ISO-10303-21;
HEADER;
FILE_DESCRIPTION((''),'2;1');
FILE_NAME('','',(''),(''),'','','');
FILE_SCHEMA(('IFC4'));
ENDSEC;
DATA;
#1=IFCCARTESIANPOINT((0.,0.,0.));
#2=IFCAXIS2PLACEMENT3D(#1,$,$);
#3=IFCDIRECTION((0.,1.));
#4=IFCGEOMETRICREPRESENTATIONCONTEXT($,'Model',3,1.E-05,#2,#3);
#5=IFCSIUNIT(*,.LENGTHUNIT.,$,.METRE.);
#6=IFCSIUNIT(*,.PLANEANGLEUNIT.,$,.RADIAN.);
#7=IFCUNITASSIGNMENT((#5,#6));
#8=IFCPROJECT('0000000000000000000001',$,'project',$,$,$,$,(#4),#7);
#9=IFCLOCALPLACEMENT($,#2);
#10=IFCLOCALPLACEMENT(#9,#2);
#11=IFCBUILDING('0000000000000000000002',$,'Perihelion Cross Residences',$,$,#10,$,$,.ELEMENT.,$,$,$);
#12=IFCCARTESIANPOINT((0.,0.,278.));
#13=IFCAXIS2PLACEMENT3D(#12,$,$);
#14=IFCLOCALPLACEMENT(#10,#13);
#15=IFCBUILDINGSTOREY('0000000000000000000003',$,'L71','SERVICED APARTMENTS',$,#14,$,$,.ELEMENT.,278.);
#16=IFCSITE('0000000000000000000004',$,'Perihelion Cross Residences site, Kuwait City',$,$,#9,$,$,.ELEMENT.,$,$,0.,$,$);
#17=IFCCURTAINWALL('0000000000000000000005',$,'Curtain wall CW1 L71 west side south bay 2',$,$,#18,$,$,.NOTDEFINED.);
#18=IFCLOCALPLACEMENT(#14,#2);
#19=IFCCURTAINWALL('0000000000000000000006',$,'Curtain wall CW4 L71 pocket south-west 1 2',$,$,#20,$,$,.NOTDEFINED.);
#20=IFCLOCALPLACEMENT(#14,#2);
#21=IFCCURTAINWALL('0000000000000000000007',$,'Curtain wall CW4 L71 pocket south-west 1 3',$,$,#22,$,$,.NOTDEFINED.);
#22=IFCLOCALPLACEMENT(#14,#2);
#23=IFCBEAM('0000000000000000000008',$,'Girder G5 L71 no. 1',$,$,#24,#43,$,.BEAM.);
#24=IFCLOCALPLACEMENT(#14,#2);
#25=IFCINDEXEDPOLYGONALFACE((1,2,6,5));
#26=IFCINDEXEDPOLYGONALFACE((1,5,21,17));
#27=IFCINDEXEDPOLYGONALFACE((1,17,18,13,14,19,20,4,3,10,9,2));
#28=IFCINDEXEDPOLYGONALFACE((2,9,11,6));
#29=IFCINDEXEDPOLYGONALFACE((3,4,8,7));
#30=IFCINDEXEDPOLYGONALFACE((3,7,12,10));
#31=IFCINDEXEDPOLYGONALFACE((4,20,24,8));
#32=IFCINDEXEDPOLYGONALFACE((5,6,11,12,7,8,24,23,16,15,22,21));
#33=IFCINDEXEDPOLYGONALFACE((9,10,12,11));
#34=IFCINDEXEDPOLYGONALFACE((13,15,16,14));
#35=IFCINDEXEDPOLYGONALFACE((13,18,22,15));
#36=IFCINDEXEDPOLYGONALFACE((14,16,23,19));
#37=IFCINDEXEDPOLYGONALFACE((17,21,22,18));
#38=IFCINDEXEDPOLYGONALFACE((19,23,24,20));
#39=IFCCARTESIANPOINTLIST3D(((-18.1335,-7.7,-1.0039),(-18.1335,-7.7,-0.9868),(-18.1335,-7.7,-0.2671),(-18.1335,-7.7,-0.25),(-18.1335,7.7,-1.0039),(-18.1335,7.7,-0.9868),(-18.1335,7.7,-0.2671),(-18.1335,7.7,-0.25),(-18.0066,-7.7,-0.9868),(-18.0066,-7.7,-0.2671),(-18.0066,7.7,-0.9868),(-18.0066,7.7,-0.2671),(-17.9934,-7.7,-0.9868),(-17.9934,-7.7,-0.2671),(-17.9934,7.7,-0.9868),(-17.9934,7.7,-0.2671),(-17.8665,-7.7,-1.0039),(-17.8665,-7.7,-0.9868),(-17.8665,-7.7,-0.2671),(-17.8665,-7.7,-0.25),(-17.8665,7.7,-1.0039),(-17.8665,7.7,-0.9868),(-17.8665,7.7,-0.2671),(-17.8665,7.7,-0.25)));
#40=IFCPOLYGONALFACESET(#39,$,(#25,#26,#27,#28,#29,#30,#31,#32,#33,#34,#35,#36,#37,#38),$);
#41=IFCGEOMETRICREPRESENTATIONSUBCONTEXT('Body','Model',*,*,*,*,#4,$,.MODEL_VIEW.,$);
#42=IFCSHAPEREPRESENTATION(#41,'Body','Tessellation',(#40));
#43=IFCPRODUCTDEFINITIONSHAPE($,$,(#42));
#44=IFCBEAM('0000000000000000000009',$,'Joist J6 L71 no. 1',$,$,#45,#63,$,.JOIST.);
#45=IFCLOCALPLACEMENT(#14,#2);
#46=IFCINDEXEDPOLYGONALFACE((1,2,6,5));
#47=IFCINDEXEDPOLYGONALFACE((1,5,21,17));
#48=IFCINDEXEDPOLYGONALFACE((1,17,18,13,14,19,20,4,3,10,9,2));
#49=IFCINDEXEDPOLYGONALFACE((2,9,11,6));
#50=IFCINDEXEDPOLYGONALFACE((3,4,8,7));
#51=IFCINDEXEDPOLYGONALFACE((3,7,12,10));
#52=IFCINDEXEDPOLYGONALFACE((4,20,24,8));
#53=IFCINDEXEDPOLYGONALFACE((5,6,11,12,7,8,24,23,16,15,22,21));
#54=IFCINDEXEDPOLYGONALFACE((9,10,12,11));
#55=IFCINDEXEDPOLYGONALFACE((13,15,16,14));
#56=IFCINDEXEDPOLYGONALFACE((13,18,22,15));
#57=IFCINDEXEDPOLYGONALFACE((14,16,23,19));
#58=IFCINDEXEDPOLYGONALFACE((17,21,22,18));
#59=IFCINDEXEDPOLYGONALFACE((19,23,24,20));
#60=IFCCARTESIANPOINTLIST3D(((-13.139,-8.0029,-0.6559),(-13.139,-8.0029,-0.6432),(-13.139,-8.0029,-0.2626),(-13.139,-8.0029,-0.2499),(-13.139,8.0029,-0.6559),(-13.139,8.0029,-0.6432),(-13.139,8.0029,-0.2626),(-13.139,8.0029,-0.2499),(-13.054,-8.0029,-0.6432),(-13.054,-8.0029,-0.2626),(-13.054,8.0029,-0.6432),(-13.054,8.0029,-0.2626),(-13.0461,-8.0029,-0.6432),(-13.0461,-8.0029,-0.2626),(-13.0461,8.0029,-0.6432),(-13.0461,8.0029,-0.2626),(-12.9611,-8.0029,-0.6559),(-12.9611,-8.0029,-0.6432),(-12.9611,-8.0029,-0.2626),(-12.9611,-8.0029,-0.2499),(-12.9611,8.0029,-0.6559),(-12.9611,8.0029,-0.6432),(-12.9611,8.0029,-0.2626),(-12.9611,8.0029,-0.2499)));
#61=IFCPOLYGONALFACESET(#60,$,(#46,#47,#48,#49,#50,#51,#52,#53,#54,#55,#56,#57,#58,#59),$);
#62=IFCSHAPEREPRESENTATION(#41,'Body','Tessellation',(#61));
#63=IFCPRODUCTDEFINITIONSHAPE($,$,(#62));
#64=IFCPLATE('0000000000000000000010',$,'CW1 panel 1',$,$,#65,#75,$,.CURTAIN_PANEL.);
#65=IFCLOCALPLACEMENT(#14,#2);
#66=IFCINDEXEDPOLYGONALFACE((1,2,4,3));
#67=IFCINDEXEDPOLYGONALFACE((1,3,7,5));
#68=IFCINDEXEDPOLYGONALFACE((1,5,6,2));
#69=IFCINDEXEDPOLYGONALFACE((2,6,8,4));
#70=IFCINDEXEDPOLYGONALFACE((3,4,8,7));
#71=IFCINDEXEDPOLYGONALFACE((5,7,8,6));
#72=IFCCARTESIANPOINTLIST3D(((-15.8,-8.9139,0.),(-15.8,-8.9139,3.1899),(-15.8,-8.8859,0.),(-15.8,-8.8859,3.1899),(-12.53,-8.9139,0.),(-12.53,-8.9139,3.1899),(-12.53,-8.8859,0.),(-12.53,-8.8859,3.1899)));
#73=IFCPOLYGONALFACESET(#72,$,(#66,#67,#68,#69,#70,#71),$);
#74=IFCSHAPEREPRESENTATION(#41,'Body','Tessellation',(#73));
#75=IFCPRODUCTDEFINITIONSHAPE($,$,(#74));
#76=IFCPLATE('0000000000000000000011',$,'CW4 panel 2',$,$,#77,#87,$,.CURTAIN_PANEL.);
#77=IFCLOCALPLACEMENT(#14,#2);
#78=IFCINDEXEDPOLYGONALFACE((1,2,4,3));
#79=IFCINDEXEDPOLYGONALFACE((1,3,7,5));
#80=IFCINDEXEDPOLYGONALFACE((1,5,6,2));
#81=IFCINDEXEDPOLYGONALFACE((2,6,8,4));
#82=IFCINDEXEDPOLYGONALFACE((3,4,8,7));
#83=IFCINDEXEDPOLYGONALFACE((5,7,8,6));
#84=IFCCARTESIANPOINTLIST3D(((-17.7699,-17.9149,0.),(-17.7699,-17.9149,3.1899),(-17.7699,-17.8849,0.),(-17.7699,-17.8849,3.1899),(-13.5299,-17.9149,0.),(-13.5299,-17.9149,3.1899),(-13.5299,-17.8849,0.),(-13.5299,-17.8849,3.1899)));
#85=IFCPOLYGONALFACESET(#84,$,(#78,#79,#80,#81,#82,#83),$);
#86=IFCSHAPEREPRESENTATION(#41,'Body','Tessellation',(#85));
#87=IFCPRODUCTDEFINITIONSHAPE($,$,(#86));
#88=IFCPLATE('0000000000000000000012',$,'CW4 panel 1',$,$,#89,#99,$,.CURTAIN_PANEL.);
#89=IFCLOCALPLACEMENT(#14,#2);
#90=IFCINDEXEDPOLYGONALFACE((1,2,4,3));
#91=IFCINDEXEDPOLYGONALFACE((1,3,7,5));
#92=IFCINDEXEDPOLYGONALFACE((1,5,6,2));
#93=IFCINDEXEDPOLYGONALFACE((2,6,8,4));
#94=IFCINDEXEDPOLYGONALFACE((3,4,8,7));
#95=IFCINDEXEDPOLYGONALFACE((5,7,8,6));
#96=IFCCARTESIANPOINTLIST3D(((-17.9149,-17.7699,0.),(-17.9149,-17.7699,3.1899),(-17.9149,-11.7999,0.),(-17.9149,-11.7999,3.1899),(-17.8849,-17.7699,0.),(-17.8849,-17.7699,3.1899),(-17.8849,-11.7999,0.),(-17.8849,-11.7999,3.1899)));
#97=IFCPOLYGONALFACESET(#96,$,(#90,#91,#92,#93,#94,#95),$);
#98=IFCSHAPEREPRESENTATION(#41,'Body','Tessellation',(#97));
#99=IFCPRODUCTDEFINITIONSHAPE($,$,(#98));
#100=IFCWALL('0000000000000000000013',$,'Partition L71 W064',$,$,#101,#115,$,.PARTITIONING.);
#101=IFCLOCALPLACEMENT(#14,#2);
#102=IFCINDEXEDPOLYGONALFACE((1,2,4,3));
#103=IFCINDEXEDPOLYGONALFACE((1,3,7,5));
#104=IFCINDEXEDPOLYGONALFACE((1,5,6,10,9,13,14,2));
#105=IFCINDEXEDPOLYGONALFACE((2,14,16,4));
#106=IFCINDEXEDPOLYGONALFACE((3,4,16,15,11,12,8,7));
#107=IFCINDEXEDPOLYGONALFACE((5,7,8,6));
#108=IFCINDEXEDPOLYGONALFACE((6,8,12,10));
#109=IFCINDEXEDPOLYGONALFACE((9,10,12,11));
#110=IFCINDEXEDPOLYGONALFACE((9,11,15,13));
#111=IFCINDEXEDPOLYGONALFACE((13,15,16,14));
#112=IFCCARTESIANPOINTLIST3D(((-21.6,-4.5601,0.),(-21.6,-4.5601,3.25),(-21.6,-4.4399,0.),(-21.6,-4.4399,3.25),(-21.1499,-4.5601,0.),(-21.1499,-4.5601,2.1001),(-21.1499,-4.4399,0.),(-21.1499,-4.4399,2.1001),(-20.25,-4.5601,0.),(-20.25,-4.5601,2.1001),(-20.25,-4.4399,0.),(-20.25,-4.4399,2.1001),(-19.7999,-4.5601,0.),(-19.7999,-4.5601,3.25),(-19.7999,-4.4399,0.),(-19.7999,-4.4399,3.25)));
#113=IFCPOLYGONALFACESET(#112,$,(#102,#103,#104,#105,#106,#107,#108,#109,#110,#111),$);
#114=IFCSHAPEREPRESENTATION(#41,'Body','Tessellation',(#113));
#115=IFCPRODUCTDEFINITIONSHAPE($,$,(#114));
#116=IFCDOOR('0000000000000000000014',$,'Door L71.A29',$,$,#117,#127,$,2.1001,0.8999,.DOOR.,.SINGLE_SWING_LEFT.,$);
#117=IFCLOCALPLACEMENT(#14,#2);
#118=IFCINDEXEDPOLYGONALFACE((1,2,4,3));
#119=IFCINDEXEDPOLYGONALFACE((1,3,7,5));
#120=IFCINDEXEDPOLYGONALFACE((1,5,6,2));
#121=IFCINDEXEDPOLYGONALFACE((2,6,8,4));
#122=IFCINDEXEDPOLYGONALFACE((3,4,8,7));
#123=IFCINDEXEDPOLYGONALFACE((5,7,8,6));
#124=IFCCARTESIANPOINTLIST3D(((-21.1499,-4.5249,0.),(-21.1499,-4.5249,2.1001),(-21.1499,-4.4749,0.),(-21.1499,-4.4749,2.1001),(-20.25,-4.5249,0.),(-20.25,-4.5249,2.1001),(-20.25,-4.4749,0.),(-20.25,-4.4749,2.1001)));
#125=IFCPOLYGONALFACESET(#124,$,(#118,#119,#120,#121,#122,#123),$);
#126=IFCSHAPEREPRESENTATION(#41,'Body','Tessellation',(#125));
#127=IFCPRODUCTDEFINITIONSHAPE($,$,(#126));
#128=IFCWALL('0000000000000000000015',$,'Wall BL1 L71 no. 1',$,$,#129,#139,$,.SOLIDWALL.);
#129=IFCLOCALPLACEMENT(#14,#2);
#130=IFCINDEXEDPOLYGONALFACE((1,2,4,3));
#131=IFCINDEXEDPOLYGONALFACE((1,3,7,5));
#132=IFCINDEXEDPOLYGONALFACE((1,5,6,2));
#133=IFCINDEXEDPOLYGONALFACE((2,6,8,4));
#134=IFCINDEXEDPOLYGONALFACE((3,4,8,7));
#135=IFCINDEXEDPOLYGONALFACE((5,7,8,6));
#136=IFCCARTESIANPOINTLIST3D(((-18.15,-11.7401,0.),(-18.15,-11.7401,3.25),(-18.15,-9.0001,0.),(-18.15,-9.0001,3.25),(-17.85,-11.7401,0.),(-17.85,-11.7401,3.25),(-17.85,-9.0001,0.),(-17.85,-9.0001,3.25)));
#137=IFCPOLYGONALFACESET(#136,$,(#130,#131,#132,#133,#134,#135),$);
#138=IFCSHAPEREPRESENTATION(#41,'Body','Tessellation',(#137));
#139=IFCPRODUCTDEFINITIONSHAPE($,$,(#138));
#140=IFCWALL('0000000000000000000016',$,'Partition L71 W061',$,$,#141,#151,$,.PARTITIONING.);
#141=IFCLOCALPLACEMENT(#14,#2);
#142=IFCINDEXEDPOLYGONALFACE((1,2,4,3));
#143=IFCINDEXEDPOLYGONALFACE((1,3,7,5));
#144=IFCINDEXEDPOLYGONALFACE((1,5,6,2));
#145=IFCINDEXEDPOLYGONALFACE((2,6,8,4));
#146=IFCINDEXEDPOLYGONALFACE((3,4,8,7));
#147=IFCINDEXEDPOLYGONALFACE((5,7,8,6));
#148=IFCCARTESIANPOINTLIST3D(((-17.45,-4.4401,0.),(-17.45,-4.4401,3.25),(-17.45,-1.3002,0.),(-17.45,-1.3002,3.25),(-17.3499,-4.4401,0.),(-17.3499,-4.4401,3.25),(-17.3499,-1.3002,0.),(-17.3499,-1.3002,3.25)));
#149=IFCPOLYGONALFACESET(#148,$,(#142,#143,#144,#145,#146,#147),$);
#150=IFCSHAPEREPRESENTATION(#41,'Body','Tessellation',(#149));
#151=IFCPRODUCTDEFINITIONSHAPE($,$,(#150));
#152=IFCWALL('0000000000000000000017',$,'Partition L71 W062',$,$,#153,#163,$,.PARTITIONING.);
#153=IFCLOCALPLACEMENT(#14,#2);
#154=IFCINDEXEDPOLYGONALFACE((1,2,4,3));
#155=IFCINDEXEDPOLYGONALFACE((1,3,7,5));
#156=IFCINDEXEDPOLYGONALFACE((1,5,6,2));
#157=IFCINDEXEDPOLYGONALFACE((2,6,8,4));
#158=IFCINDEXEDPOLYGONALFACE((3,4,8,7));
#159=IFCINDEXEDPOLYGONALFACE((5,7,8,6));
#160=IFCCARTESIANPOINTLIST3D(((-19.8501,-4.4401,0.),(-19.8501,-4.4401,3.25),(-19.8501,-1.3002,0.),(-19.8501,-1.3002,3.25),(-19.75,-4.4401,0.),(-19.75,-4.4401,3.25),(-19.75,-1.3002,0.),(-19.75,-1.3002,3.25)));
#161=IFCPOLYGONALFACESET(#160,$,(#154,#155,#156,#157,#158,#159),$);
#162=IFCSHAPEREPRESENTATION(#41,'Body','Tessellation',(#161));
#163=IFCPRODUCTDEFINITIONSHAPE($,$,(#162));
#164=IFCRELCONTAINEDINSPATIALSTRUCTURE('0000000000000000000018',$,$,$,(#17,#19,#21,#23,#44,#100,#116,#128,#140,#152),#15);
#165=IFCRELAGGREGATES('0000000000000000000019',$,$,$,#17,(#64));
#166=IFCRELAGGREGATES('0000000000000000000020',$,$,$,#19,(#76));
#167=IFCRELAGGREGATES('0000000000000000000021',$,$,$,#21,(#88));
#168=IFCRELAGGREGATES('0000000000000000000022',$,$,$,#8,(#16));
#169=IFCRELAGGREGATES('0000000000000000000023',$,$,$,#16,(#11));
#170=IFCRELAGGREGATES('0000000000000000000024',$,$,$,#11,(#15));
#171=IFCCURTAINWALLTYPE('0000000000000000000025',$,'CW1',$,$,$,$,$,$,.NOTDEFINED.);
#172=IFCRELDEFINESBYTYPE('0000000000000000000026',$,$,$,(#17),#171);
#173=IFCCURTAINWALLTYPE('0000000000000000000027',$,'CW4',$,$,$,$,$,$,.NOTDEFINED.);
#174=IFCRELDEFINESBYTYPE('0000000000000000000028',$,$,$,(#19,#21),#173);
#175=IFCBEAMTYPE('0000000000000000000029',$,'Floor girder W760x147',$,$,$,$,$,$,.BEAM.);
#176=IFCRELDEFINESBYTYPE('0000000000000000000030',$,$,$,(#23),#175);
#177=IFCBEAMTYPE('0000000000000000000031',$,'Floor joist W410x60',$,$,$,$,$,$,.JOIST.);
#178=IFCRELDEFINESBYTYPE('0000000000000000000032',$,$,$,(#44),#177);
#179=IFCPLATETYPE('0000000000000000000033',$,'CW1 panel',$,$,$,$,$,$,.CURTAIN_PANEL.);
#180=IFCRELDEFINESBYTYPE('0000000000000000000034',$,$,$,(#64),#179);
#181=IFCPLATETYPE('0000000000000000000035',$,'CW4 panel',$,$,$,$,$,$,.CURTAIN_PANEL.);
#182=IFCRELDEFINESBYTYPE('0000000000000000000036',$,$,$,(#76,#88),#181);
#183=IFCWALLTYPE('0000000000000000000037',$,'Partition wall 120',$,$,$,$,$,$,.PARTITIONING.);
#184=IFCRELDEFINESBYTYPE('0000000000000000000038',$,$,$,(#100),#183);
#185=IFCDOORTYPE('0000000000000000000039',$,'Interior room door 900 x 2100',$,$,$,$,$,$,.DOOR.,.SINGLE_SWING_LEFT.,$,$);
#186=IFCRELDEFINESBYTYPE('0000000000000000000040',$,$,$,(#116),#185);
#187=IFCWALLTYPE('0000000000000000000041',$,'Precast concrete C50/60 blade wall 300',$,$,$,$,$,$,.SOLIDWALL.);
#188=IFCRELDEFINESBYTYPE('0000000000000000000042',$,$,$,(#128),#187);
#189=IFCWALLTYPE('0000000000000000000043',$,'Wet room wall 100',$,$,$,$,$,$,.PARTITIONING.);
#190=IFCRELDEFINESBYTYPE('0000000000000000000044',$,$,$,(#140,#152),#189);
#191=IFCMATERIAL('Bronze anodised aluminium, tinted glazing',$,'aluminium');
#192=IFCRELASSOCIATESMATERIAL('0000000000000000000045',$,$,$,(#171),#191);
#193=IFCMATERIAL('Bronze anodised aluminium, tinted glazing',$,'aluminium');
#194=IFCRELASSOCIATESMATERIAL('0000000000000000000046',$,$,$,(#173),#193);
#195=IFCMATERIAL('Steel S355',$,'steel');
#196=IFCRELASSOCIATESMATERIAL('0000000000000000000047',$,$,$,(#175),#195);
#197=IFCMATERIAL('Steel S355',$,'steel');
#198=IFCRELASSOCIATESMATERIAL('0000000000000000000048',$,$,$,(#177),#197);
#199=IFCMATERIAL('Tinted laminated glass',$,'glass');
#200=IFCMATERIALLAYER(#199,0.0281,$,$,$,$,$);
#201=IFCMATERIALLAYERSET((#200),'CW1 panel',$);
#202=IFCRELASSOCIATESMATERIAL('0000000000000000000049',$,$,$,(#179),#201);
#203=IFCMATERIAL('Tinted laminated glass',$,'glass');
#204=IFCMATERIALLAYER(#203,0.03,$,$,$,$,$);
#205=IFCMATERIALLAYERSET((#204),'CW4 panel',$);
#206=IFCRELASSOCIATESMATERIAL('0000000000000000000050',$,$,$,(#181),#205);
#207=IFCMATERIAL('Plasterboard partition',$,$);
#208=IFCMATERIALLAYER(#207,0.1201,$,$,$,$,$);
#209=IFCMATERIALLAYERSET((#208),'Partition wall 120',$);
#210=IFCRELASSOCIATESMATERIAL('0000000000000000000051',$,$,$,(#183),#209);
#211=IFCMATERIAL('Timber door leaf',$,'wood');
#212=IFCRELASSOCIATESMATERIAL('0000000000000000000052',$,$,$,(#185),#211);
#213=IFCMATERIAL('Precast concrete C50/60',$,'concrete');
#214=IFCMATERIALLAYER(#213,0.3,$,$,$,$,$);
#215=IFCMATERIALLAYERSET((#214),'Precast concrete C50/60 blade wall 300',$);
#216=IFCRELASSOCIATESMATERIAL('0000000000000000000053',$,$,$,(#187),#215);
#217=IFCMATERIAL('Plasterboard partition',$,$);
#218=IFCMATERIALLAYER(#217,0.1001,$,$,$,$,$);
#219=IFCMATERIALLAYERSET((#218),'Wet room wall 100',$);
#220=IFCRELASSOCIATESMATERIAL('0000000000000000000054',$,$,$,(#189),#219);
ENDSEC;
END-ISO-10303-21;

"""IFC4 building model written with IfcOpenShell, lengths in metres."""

from ifc_helpers import new_model, si_unit, direction, frame, frame_2d, origin, origin_2d, place, context, subcontext, project, spatial, rectangle, i_section, extrude, material, layer, layer_set, material_profile, profile_set, type_object, element, fill, aggregate, save


model = new_model("IFC4")

# Units and contexts
model_context = context("Model", 3, precision=1e-05, world=origin(), true_north=direction((0.0, 1.0)))
body_context = subcontext(model_context, "Body", "Model", "MODEL_VIEW")
ifc_project = project(units=[si_unit("LENGTHUNIT", "METRE"), si_unit("PLANEANGLEUNIT", "RADIAN")], contexts=[model_context])

# Site, building, storey
site_placement = place(None, origin())
site = spatial("IfcSite", under=ifc_project, at=site_placement, Name="Perihelion Cross Residences site, Kuwait City", CompositionType="ELEMENT", RefElevation=0.0)
building_placement = place(site_placement, origin())
building = spatial("IfcBuilding", under=site, at=building_placement, Name="Perihelion Cross Residences", CompositionType="ELEMENT")
storey_placement = place(building_placement, frame((0.0, 0.0, 278.0)))
storey = spatial("IfcBuildingStorey", under=building, at=storey_placement, Name="L71", Description="SERVICED APARTMENTS", CompositionType="ELEMENT", Elevation=278.0)

# Curtain walls
ifc_material_1 = material(Name="Bronze anodised aluminium, tinted glazing", Category="aluminium")
curtain_wall_type_1 = type_object("IfcCurtainWallType", Name="CW1", PredefinedType="NOTDEFINED", material=ifc_material_1)
curtain_wall_1_placement = place(storey_placement, origin())
curtain_wall_1 = element("IfcCurtainWall", 1, at=curtain_wall_1_placement, inside=storey, type_object=curtain_wall_type_1, Name="Curtain wall CW1 L71 west side south bay 2", PredefinedType="NOTDEFINED")
ifc_material_2 = material(Name="Bronze anodised aluminium, tinted glazing", Category="aluminium")
curtain_wall_type_2 = type_object("IfcCurtainWallType", Name="CW4", PredefinedType="NOTDEFINED", material=ifc_material_2)
curtain_wall_2_placement = place(storey_placement, origin())
curtain_wall_2 = element("IfcCurtainWall", 2, at=curtain_wall_2_placement, inside=storey, type_object=curtain_wall_type_2, Name="Curtain wall CW4 L71 pocket south-west 1 2", PredefinedType="NOTDEFINED")
curtain_wall_3_placement = place(storey_placement, origin())
curtain_wall_3 = element("IfcCurtainWall", 3, at=curtain_wall_3_placement, inside=storey, type_object=curtain_wall_type_2, Name="Curtain wall CW4 L71 pocket south-west 1 3", PredefinedType="NOTDEFINED")

# Beams
ifc_material_3 = material(Name="Steel S355", Category="steel")
ifc_material_profile_1 = material_profile(ifc_material_3, i_section(OverallWidth=0.2671, OverallDepth=0.7539, WebThickness=0.0132, FlangeThickness=0.0171, at=origin_2d()), Name="W760x147")
ifc_profile_set_1 = profile_set([ifc_material_profile_1], Name="Steel S355")
beam_type_1 = type_object("IfcBeamType", Name="Floor girder W760x147", PredefinedType="BEAM", material=ifc_profile_set_1)
beam_1_placement = place(storey_placement, frame((-18.0, -7.7, -0.627), z_axis=(0.0, 1.0, 0.0), x_axis=(-1.0, 0.0, 0.0)))
element("IfcBeam", 4, at=beam_1_placement, inside=storey, type_object=beam_type_1, Name="Girder G5 L71 no. 1", PredefinedType="BEAM", context=body_context, shape_type="SweptSolid", body=[
    extrude(i_section(OverallWidth=0.2671, OverallDepth=0.7539, WebThickness=0.0132, FlangeThickness=0.0171, at=origin_2d()), origin(), (0.0, 0.0, 1.0), 15.3999),
])
ifc_material_4 = material(Name="Steel S355", Category="steel")
ifc_material_profile_2 = material_profile(ifc_material_4, i_section(OverallWidth=0.178, OverallDepth=0.406, WebThickness=0.0078, FlangeThickness=0.0127, at=origin_2d()), Name="W410x60")
ifc_profile_set_2 = profile_set([ifc_material_profile_2], Name="Steel S355")
beam_type_2 = type_object("IfcBeamType", Name="Floor joist W410x60", PredefinedType="JOIST", material=ifc_profile_set_2)
beam_2_placement = place(storey_placement, frame((-13.05, -8.0029, -0.4529), z_axis=(0.0, 1.0, 0.0), x_axis=(-1.0, 0.0, 0.0)))
element("IfcBeam", 5, at=beam_2_placement, inside=storey, type_object=beam_type_2, Name="Joist J6 L71 no. 1", PredefinedType="JOIST", context=body_context, shape_type="SweptSolid", body=[
    extrude(i_section(OverallWidth=0.178, OverallDepth=0.406, WebThickness=0.0078, FlangeThickness=0.0127, at=origin_2d()), origin(), (0.0, 0.0, 1.0), 16.0059),
])

# Plates
ifc_material_5 = material(Name="Tinted laminated glass", Category="glass")
ifc_layer_1 = layer(ifc_material_5, 0.0281)
ifc_layer_set_1 = layer_set([ifc_layer_1], Name="CW1 panel")
plate_type_1 = type_object("IfcPlateType", Name="CW1 panel", PredefinedType="CURTAIN_PANEL", material=ifc_layer_set_1)
plate_1_placement = place(storey_placement, frame((-14.165, -8.8999, 0.0), z_axis=(0.0, 0.0, 1.0), x_axis=(1.0, 0.0, 0.0)))
plate_1 = element("IfcPlate", 6, at=plate_1_placement, type_object=plate_type_1, Name="CW1 panel 1", PredefinedType="CURTAIN_PANEL", context=body_context, shape_type="SweptSolid", body=[
    extrude(rectangle(XDim=3.27, YDim=0.0281, at=origin_2d()), origin(), (0.0, 0.0, 1.0), 3.1899),
])
aggregate(curtain_wall_1, [plate_1])
ifc_material_6 = material(Name="Tinted laminated glass", Category="glass")
ifc_layer_2 = layer(ifc_material_6, 0.03)
ifc_layer_set_2 = layer_set([ifc_layer_2], Name="CW4 panel")
plate_type_2 = type_object("IfcPlateType", Name="CW4 panel", PredefinedType="CURTAIN_PANEL", material=ifc_layer_set_2)
plate_2_placement = place(storey_placement, frame((-15.6499, -17.8999, 0.0), z_axis=(0.0, 0.0, 1.0), x_axis=(-1.0, 0.0, 0.0)))
plate_2 = element("IfcPlate", 7, at=plate_2_placement, type_object=plate_type_2, Name="CW4 panel 2", PredefinedType="CURTAIN_PANEL", context=body_context, shape_type="SweptSolid", body=[
    extrude(rectangle(XDim=4.24, YDim=0.03, at=origin_2d()), origin(), (0.0, 0.0, 1.0), 3.1899),
])
aggregate(curtain_wall_2, [plate_2])
plate_3_placement = place(storey_placement, frame((-17.8999, -14.7849, 0.0), z_axis=(0.0, 0.0, 1.0), x_axis=(0.0, 1.0, 0.0)))
plate_3 = element("IfcPlate", 8, at=plate_3_placement, type_object=plate_type_2, Name="CW4 panel 1", PredefinedType="CURTAIN_PANEL", context=body_context, shape_type="SweptSolid", body=[
    extrude(rectangle(XDim=5.97, YDim=0.03, at=origin_2d()), origin(), (0.0, 0.0, 1.0), 3.1899),
])
aggregate(curtain_wall_3, [plate_3])

# Wall, opening, door
ifc_material_7 = material(Name="Plasterboard partition")
ifc_layer_3 = layer(ifc_material_7, 0.1201)
ifc_layer_set_3 = layer_set([ifc_layer_3], Name="Partition wall 120")
wall_type_1 = type_object("IfcWallType", Name="Partition wall 120", PredefinedType="PARTITIONING", material=ifc_layer_set_3)
wall_1_placement = place(storey_placement, frame((-19.8, -4.5, 0.0), z_axis=(0.0, 0.0, 1.0), x_axis=(-1.0, 0.0, 0.0)))
wall_1 = element("IfcWall", 9, at=wall_1_placement, inside=storey, type_object=wall_type_1, Name="Partition L71 W064", PredefinedType="PARTITIONING", context=body_context, shape_type="SweptSolid", body=[
    extrude(rectangle(XDim=1.8, YDim=0.1201, at=frame_2d((0.8999, 0.0))), origin(), (0.0, 0.0, 1.0), 3.25),
])
opening_1_placement = place(wall_1_placement, frame((0.45, 0.0, 0.0)))
opening_1 = element("IfcOpeningElement", 10, at=opening_1_placement, cuts=wall_1, PredefinedType="OPENING", context=body_context, shape_type="SweptSolid", body=[
    extrude(rectangle(XDim=0.8999, YDim=2.1001, at=frame_2d((0.45, 1.05))), frame((0.0, 0.0701, 0.0), z_axis=(0.0, -1.0, 0.0), x_axis=(1.0, 0.0, 0.0)), (0.0, 0.0, 1.0), 0.1401),
])
ifc_material_8 = material(Name="Timber door leaf", Category="wood")
door_type_1 = type_object("IfcDoorType", Name="Interior room door 900 x 2100", OperationType="SINGLE_SWING_LEFT", PredefinedType="DOOR", material=ifc_material_8)
door_1_placement = place(opening_1_placement, origin())
door_1 = element("IfcDoor", 11, at=door_1_placement, inside=storey, type_object=door_type_1, Name="Door L71.A29", OperationType="SINGLE_SWING_LEFT", OverallHeight=2.1001, OverallWidth=0.8999, PredefinedType="DOOR", context=body_context, shape_type="SweptSolid", body=[
    extrude(rectangle(XDim=0.8999, YDim=2.1001, at=frame_2d((0.45, 1.05))), frame((0.0, 0.0249, 0.0), z_axis=(0.0, -1.0, 0.0), x_axis=(1.0, 0.0, 0.0)), (0.0, 0.0, 1.0), 0.05),
])
fill(opening_1, door_1)

# Walls
ifc_material_9 = material(Name="Precast concrete C50/60", Category="concrete")
ifc_layer_4 = layer(ifc_material_9, 0.3)
ifc_layer_set_4 = layer_set([ifc_layer_4], Name="Precast concrete C50/60 blade wall 300")
wall_type_2 = type_object("IfcWallType", Name="Precast concrete C50/60 blade wall 300", PredefinedType="SOLIDWALL", material=ifc_layer_set_4)
wall_2_placement = place(storey_placement, frame((-18.0, -9.0, 0.0), z_axis=(0.0, 0.0, 1.0), x_axis=(0.0, -1.0, 0.0)))
element("IfcWall", 12, at=wall_2_placement, inside=storey, type_object=wall_type_2, Name="Wall BL1 L71 no. 1", PredefinedType="SOLIDWALL", context=body_context, shape_type="SweptSolid", body=[
    extrude(rectangle(XDim=2.74, YDim=0.3, at=frame_2d((1.3701, 0.0))), origin(), (0.0, 0.0, 1.0), 3.25),
])
ifc_material_10 = material(Name="Plasterboard partition")
ifc_layer_5 = layer(ifc_material_10, 0.1001)
ifc_layer_set_5 = layer_set([ifc_layer_5], Name="Wet room wall 100")
wall_type_3 = type_object("IfcWallType", Name="Wet room wall 100", PredefinedType="PARTITIONING", material=ifc_layer_set_5)
for number, where, z_axis, x_axis, name in (
    (13, (-17.3999, -4.4399, 0.0), (0.0, 0.0, 1.0), (0.0, 1.0, 0.0), "Partition L71 W061"),
    (14, (-19.8, -4.4399, 0.0), (0.0, 0.0, 1.0), (0.0, 1.0, 0.0), "Partition L71 W062"),
):
    element("IfcWall", number, at=place(storey_placement, frame(where, z_axis=z_axis, x_axis=x_axis)), inside=storey, type_object=wall_type_3, Name=name, PredefinedType="PARTITIONING", context=body_context, shape_type="SweptSolid", body=[
        extrude(rectangle(XDim=3.1399, YDim=0.1001, at=frame_2d((1.5698, 0.0))), origin(), (0.0, 0.0, 1.0), 3.25),
    ])

save(model, "model.ifc")
